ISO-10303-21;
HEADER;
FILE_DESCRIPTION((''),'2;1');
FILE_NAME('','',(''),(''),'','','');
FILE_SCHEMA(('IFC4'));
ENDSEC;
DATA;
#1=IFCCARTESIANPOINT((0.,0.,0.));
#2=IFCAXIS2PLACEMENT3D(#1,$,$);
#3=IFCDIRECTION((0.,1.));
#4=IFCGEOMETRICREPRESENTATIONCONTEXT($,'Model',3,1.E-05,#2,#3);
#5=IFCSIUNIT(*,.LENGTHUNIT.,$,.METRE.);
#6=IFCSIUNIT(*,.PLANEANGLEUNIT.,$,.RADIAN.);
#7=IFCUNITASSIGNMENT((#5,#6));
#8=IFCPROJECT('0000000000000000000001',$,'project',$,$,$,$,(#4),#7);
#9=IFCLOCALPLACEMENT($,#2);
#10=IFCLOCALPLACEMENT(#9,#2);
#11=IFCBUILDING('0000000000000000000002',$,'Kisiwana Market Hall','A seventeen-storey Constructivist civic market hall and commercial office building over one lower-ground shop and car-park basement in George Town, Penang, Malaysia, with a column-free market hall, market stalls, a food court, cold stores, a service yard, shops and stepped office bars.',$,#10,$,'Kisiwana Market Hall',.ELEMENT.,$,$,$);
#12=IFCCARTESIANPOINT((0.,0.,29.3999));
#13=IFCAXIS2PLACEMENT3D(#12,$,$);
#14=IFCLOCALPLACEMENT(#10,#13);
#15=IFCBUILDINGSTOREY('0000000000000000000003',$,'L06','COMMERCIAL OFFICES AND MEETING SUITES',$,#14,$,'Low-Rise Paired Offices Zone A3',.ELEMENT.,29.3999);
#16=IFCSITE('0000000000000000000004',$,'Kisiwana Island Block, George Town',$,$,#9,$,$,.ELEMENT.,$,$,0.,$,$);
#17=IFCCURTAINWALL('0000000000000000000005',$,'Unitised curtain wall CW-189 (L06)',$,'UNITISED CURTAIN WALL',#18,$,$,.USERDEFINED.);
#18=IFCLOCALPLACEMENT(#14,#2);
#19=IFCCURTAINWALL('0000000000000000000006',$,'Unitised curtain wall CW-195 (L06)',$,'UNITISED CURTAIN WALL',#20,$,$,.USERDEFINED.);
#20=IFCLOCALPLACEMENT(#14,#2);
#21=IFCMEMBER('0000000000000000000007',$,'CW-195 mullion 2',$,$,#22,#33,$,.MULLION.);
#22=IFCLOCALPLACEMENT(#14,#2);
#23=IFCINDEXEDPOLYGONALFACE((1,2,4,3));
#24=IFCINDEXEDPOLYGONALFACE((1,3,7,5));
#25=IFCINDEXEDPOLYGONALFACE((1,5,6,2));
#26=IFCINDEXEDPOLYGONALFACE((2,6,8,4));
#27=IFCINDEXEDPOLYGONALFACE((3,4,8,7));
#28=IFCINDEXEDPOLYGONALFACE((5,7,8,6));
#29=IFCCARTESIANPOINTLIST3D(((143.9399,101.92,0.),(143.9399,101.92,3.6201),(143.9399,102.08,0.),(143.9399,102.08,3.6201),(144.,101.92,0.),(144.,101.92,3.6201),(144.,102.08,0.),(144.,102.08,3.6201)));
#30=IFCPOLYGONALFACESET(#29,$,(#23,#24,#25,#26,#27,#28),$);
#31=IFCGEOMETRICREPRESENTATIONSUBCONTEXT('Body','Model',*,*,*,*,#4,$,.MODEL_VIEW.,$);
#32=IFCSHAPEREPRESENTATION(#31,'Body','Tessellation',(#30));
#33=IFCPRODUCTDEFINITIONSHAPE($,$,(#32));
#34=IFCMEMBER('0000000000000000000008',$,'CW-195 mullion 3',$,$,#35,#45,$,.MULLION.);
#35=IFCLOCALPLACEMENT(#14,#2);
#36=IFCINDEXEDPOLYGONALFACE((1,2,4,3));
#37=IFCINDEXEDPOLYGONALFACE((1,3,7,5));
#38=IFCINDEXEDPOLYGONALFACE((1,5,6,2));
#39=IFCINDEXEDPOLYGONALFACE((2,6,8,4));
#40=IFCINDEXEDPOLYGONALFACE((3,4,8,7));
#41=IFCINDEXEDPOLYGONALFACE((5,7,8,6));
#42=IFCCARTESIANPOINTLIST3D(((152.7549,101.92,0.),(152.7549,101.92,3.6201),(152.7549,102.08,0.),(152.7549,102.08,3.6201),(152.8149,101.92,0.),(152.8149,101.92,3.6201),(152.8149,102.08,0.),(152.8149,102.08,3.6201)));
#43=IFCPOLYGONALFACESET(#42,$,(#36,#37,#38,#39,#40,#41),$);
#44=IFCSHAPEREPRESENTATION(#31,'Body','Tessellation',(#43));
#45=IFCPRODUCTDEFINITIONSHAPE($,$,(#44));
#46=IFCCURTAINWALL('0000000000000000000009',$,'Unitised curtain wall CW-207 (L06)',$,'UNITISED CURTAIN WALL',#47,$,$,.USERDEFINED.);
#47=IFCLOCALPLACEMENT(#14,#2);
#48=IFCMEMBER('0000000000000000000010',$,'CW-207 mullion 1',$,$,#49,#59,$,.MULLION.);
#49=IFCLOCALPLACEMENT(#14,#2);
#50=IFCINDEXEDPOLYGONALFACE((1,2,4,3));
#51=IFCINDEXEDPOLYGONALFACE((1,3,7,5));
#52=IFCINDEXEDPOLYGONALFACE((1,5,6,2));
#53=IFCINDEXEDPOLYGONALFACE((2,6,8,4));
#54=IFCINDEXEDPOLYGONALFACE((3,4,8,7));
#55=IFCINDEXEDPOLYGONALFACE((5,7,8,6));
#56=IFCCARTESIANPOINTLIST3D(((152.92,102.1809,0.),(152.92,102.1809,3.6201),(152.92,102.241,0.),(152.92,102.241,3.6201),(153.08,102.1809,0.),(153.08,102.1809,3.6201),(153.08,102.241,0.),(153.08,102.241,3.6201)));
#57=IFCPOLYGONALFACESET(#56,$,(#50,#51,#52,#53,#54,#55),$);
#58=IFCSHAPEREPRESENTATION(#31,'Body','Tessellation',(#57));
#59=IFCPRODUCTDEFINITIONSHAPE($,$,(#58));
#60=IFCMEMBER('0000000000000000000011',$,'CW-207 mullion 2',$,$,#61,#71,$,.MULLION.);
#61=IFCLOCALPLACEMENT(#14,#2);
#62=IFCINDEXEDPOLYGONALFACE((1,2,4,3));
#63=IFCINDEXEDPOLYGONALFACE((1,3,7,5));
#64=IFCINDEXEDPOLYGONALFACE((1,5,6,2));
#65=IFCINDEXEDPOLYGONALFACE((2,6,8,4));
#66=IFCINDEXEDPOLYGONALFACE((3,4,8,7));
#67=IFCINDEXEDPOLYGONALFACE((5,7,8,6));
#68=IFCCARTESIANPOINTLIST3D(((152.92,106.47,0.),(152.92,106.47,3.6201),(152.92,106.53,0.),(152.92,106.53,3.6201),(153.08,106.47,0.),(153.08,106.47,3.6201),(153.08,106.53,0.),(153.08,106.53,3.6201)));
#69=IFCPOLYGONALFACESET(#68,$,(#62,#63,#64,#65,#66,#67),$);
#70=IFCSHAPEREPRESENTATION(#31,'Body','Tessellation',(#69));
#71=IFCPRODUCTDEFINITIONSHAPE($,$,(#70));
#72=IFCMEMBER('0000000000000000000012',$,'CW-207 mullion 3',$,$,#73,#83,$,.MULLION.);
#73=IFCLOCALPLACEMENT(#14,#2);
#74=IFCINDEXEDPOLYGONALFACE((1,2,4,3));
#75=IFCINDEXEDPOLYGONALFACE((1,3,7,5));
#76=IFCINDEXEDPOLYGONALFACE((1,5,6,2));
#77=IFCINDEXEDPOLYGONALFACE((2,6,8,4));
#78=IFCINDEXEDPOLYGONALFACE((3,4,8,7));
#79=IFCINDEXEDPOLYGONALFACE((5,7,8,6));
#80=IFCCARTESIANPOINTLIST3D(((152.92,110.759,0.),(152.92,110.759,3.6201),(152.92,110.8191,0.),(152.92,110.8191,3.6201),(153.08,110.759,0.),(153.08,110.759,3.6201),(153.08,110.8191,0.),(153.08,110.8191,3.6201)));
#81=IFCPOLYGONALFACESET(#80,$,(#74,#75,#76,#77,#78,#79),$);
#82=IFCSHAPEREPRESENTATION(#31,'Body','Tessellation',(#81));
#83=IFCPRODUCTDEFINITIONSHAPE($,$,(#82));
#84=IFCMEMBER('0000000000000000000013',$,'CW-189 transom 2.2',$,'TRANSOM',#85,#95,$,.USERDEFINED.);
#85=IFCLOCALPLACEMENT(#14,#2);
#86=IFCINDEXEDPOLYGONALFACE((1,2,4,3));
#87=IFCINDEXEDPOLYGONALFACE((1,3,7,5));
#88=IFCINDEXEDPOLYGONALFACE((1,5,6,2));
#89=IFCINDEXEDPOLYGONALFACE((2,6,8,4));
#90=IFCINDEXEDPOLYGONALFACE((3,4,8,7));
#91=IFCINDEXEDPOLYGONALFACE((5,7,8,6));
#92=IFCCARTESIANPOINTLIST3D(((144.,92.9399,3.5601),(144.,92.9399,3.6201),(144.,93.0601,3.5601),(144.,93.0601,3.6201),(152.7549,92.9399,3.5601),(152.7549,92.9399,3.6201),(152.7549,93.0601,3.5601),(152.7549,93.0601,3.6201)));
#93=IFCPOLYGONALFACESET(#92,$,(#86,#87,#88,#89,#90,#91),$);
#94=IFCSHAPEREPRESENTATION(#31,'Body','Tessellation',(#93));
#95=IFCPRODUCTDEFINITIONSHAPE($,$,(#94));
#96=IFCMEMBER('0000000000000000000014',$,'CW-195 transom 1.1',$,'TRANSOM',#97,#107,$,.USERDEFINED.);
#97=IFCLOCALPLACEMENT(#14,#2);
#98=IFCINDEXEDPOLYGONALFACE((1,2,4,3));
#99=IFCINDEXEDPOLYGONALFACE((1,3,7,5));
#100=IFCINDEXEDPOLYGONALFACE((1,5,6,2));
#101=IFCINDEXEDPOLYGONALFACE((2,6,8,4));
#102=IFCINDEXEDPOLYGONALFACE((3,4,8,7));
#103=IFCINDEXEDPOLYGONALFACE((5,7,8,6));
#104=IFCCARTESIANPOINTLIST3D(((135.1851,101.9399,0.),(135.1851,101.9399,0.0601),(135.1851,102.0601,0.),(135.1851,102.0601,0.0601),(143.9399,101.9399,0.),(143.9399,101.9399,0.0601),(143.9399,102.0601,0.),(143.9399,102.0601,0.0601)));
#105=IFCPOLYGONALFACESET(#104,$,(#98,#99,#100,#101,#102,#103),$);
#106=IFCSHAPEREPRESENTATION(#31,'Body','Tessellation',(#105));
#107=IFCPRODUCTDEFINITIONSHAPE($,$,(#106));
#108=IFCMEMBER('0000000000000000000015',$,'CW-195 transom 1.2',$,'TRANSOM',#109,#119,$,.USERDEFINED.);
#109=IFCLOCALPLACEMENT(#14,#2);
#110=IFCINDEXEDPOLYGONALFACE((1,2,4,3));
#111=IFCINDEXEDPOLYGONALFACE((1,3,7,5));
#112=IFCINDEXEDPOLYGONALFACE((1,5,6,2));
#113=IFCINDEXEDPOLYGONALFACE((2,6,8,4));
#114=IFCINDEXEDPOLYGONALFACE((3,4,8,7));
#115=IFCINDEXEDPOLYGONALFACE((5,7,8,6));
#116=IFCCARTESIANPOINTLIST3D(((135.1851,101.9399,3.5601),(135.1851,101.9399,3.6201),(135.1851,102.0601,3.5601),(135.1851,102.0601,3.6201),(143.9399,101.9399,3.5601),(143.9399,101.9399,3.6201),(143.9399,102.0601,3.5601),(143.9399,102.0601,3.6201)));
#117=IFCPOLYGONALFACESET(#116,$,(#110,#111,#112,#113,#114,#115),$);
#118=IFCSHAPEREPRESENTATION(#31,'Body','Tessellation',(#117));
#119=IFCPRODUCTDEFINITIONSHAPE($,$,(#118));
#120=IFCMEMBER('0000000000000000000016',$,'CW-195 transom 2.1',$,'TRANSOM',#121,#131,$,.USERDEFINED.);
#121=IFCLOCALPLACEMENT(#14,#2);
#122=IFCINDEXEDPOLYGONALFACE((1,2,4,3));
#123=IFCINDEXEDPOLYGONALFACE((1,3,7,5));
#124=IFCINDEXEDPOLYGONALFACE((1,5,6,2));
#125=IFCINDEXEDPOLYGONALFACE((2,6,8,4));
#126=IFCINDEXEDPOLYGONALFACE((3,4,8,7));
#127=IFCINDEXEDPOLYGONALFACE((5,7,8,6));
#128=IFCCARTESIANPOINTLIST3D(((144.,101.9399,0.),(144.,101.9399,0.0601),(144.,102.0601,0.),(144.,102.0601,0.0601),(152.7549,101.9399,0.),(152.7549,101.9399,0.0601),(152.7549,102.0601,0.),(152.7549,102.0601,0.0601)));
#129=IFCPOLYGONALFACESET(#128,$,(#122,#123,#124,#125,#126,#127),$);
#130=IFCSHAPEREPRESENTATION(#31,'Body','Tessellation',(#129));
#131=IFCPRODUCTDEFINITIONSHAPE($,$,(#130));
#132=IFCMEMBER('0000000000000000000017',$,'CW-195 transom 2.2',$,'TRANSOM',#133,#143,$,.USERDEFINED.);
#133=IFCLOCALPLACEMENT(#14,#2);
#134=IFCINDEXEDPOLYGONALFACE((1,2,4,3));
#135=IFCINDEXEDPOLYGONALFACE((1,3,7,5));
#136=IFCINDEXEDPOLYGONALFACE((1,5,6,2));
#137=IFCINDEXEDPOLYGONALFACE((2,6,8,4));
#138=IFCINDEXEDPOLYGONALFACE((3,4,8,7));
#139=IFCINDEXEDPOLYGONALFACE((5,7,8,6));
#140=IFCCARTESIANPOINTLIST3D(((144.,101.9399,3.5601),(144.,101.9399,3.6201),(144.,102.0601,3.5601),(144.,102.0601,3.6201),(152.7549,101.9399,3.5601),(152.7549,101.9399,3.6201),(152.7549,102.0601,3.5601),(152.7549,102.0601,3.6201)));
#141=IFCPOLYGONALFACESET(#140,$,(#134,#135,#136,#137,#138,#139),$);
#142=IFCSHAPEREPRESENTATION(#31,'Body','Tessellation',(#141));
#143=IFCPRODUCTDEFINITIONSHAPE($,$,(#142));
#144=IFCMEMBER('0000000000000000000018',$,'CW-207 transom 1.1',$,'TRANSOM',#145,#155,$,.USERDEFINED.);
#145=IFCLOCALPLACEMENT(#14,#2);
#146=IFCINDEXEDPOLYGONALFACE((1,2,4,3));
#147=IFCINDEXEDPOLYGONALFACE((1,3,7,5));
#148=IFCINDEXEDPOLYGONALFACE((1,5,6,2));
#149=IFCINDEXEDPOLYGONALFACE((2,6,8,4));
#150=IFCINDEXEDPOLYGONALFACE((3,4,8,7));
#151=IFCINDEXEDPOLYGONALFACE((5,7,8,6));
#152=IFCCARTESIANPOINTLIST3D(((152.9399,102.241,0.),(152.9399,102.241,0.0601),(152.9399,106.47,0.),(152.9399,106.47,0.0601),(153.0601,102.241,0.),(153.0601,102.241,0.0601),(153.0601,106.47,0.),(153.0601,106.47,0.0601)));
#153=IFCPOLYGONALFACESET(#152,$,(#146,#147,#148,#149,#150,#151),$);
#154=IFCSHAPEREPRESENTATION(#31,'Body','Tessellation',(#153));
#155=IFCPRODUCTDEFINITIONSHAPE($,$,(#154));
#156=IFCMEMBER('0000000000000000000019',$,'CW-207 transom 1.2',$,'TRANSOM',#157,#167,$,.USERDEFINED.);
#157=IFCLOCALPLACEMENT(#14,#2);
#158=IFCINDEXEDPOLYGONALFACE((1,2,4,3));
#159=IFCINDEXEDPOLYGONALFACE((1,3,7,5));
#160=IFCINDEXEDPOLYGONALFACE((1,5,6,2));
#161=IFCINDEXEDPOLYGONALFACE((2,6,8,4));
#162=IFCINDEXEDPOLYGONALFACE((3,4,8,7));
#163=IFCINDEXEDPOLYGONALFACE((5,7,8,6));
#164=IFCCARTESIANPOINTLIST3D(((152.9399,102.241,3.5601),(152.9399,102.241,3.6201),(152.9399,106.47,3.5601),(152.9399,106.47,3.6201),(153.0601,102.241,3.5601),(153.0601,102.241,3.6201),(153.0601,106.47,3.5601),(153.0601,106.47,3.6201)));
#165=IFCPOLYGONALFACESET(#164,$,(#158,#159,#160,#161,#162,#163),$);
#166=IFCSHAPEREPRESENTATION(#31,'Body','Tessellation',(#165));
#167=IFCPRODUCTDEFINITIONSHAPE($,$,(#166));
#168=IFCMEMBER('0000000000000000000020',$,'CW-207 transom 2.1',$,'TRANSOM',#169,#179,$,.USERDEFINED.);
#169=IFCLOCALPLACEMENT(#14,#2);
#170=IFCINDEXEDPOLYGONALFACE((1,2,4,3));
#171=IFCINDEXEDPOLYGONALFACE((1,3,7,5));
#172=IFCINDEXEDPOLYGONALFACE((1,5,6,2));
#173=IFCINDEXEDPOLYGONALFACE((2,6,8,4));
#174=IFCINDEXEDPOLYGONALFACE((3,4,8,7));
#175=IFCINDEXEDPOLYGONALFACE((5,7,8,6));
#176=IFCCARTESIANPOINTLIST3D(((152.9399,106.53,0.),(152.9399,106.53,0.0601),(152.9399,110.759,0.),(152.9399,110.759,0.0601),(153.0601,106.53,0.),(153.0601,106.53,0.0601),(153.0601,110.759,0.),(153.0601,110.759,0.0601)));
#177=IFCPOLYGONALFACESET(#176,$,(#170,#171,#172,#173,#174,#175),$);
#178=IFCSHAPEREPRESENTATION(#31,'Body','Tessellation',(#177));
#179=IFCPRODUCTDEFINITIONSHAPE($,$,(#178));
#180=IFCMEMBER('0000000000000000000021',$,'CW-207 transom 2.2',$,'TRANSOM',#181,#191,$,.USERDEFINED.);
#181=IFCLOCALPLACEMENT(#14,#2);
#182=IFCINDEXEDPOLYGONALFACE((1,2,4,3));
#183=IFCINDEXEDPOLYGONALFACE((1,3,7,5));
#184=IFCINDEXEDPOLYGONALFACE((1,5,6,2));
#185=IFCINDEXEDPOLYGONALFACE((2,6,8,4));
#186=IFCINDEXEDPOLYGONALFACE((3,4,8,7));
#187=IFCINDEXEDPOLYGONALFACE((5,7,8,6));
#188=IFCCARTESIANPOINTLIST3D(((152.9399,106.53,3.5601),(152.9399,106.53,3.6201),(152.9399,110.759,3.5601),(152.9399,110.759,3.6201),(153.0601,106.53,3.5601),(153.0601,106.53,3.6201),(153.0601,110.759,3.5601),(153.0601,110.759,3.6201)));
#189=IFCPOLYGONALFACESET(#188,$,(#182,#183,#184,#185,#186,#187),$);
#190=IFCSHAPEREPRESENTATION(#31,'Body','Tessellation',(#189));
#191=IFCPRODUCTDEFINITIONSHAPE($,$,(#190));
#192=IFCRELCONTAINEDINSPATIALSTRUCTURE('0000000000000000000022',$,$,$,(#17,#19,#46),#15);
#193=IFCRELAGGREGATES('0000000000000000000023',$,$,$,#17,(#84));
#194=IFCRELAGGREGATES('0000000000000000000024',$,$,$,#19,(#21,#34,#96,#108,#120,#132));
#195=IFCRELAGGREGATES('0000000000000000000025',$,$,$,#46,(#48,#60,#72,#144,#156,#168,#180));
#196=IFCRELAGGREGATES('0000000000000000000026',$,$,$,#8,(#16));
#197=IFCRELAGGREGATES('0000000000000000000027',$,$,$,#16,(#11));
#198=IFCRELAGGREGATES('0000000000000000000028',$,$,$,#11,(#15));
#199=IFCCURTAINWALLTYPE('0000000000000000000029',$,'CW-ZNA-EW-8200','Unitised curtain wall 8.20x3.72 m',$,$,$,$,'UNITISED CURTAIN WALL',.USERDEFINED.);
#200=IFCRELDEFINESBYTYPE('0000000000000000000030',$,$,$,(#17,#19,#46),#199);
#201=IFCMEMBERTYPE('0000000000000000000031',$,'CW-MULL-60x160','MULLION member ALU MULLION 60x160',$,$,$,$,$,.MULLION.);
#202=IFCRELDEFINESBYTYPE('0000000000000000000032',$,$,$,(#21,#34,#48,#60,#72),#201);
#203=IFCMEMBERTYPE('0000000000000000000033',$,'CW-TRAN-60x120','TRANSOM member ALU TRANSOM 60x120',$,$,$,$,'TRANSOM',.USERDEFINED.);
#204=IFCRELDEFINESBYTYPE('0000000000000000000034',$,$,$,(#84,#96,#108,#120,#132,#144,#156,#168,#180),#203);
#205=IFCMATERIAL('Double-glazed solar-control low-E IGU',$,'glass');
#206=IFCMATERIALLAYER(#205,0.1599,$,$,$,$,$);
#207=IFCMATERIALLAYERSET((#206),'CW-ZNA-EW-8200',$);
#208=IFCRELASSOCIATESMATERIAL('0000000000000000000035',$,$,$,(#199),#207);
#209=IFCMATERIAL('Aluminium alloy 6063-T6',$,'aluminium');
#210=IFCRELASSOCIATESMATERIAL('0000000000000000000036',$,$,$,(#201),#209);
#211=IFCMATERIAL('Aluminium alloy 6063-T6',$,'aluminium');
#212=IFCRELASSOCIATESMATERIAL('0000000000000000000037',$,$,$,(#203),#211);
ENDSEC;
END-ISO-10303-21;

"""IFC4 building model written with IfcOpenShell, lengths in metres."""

from ifc_helpers import new_model, si_unit, direction, frame, origin, origin_2d, place, context, subcontext, project, spatial, rectangle, extrude, material, layer, layer_set, material_profile, profile_set, type_object, element, aggregate, save


model = new_model("IFC4")

# Units and contexts
model_context = context("Model", 3, precision=1e-05, world=origin(), true_north=direction((0.0, 1.0)))
body_context = subcontext(model_context, "Body", "Model", "MODEL_VIEW")
ifc_project = project(units=[si_unit("LENGTHUNIT", "METRE"), si_unit("PLANEANGLEUNIT", "RADIAN")], contexts=[model_context])

# Site, building, storey
site_placement = place(None, origin())
site = spatial("IfcSite", under=ifc_project, at=site_placement, Name="Kisiwana Island Block, George Town", CompositionType="ELEMENT", RefElevation=0.0)
building_placement = place(site_placement, origin())
building = spatial("IfcBuilding", under=site, at=building_placement, Name="Kisiwana Market Hall", Description="A seventeen-storey Constructivist civic market hall and commercial office building over one lower-ground shop and car-park basement in George Town, Penang, Malaysia, with a column-free market hall, market stalls, a food court, cold stores, a service yard, shops and stepped office bars.", LongName="Kisiwana Market Hall", CompositionType="ELEMENT")
storey_placement = place(building_placement, frame((0.0, 0.0, 29.3999)))
storey = spatial("IfcBuildingStorey", under=building, at=storey_placement, Name="L06", Description="COMMERCIAL OFFICES AND MEETING SUITES", LongName="Low-Rise Paired Offices Zone A3", CompositionType="ELEMENT", Elevation=29.3999)

# Curtain wall
ifc_material_1 = material(Name="Double-glazed solar-control low-E IGU", Category="glass")
ifc_layer_1 = layer(ifc_material_1, 0.1599)
ifc_layer_set_1 = layer_set([ifc_layer_1], Name="CW-ZNA-EW-8200")
curtain_wall_type = type_object("IfcCurtainWallType", Name="CW-ZNA-EW-8200", Description="Unitised curtain wall 8.20x3.72 m", ElementType="UNITISED CURTAIN WALL", PredefinedType="USERDEFINED", material=ifc_layer_set_1)
curtain_wall_1_placement = place(storey_placement, origin())
curtain_wall_1 = element("IfcCurtainWall", 1, at=curtain_wall_1_placement, inside=storey, type_object=curtain_wall_type, Name="Unitised curtain wall CW-189 (L06)", ObjectType="UNITISED CURTAIN WALL", PredefinedType="USERDEFINED")
ifc_material_2 = material(Name="Aluminium alloy 6063-T6", Category="aluminium")
ifc_material_profile_1 = material_profile(ifc_material_2, rectangle(XDim=0.0601, YDim=0.1599, at=origin_2d()), Name="ALU MULLION 60x160")
ifc_profile_set_1 = profile_set([ifc_material_profile_1], Name="Aluminium alloy 6063-T6")
member_type_1 = type_object("IfcMemberType", Name="CW-MULL-60x160", Description="MULLION member ALU MULLION 60x160", PredefinedType="MULLION", material=ifc_profile_set_1)

# Curtain walls, members
curtain_wall_2_placement = place(storey_placement, origin())
curtain_wall_2 = element("IfcCurtainWall", 2, at=curtain_wall_2_placement, inside=storey, type_object=curtain_wall_type, Name="Unitised curtain wall CW-195 (L06)", ObjectType="UNITISED CURTAIN WALL", PredefinedType="USERDEFINED")
member_1_placement = place(storey_placement, frame((143.97, 102.0, 0.0), z_axis=(0.0, 0.0, 1.0), x_axis=(1.0, 0.0, 0.0)))
member_1 = element("IfcMember", 3, at=member_1_placement, type_object=member_type_1, Name="CW-195 mullion 2", PredefinedType="MULLION", context=body_context, shape_type="SweptSolid", body=[
    extrude(rectangle(XDim=0.0601, YDim=0.1599, at=origin_2d()), origin(), (0.0, 0.0, 1.0), 3.6201),
])
member_2_placement = place(storey_placement, frame((152.7849, 102.0, 0.0), z_axis=(0.0, 0.0, 1.0), x_axis=(1.0, 0.0, 0.0)))
member_2 = element("IfcMember", 4, at=member_2_placement, type_object=member_type_1, Name="CW-195 mullion 3", PredefinedType="MULLION", context=body_context, shape_type="SweptSolid", body=[
    extrude(rectangle(XDim=0.0601, YDim=0.1599, at=origin_2d()), origin(), (0.0, 0.0, 1.0), 3.6201),
])
curtain_wall_3_placement = place(storey_placement, origin())
curtain_wall_3 = element("IfcCurtainWall", 5, at=curtain_wall_3_placement, inside=storey, type_object=curtain_wall_type, Name="Unitised curtain wall CW-207 (L06)", ObjectType="UNITISED CURTAIN WALL", PredefinedType="USERDEFINED")
member_3_placement = place(storey_placement, frame((153.0, 102.2109, 0.0), z_axis=(0.0, 0.0, 1.0), x_axis=(0.0, 1.0, 0.0)))
member_3 = element("IfcMember", 6, at=member_3_placement, type_object=member_type_1, Name="CW-207 mullion 1", PredefinedType="MULLION", context=body_context, shape_type="SweptSolid", body=[
    extrude(rectangle(XDim=0.0601, YDim=0.1599, at=origin_2d()), origin(), (0.0, 0.0, 1.0), 3.6201),
])
member_4_placement = place(storey_placement, frame((153.0, 106.5, 0.0), z_axis=(0.0, 0.0, 1.0), x_axis=(0.0, 1.0, 0.0)))
member_4 = element("IfcMember", 7, at=member_4_placement, type_object=member_type_1, Name="CW-207 mullion 2", PredefinedType="MULLION", context=body_context, shape_type="SweptSolid", body=[
    extrude(rectangle(XDim=0.0601, YDim=0.1599, at=origin_2d()), origin(), (0.0, 0.0, 1.0), 3.6201),
])
member_5_placement = place(storey_placement, frame((153.0, 110.7891, 0.0), z_axis=(0.0, 0.0, 1.0), x_axis=(0.0, 1.0, 0.0)))
member_5 = element("IfcMember", 8, at=member_5_placement, type_object=member_type_1, Name="CW-207 mullion 3", PredefinedType="MULLION", context=body_context, shape_type="SweptSolid", body=[
    extrude(rectangle(XDim=0.0601, YDim=0.1599, at=origin_2d()), origin(), (0.0, 0.0, 1.0), 3.6201),
])

# Members
ifc_material_3 = material(Name="Aluminium alloy 6063-T6", Category="aluminium")
ifc_material_profile_2 = material_profile(ifc_material_3, rectangle(XDim=0.1201, YDim=0.0601, at=origin_2d()), Name="ALU TRANSOM 60x120")
ifc_profile_set_2 = profile_set([ifc_material_profile_2], Name="Aluminium alloy 6063-T6")
member_type_2 = type_object("IfcMemberType", Name="CW-TRAN-60x120", Description="TRANSOM member ALU TRANSOM 60x120", ElementType="TRANSOM", PredefinedType="USERDEFINED", material=ifc_profile_set_2)
member_6_placement = place(storey_placement, frame((144.0, 93.0, 3.5901), z_axis=(1.0, 0.0, 0.0), x_axis=(0.0, 1.0, 0.0)))
member_6 = element("IfcMember", 9, at=member_6_placement, type_object=member_type_2, Name="CW-189 transom 2.2", ObjectType="TRANSOM", PredefinedType="USERDEFINED", context=body_context, shape_type="SweptSolid", body=[
    extrude(rectangle(XDim=0.1201, YDim=0.0601, at=origin_2d()), origin(), (0.0, 0.0, 1.0), 8.7549),
])
member_7_placement = place(storey_placement, frame((135.1851, 102.0, 0.03), z_axis=(1.0, 0.0, 0.0), x_axis=(0.0, 1.0, 0.0)))
member_7 = element("IfcMember", 10, at=member_7_placement, type_object=member_type_2, Name="CW-195 transom 1.1", ObjectType="TRANSOM", PredefinedType="USERDEFINED", context=body_context, shape_type="SweptSolid", body=[
    extrude(rectangle(XDim=0.1201, YDim=0.0601, at=origin_2d()), origin(), (0.0, 0.0, 1.0), 8.7549),
])
member_8_placement = place(storey_placement, frame((135.1851, 102.0, 3.5901), z_axis=(1.0, 0.0, 0.0), x_axis=(0.0, 1.0, 0.0)))
member_8 = element("IfcMember", 11, at=member_8_placement, type_object=member_type_2, Name="CW-195 transom 1.2", ObjectType="TRANSOM", PredefinedType="USERDEFINED", context=body_context, shape_type="SweptSolid", body=[
    extrude(rectangle(XDim=0.1201, YDim=0.0601, at=origin_2d()), origin(), (0.0, 0.0, 1.0), 8.7549),
])
member_9_placement = place(storey_placement, frame((144.0, 102.0, 0.03), z_axis=(1.0, 0.0, 0.0), x_axis=(0.0, 1.0, 0.0)))
member_9 = element("IfcMember", 12, at=member_9_placement, type_object=member_type_2, Name="CW-195 transom 2.1", ObjectType="TRANSOM", PredefinedType="USERDEFINED", context=body_context, shape_type="SweptSolid", body=[
    extrude(rectangle(XDim=0.1201, YDim=0.0601, at=origin_2d()), origin(), (0.0, 0.0, 1.0), 8.7549),
])
member_10_placement = place(storey_placement, frame((144.0, 102.0, 3.5901), z_axis=(1.0, 0.0, 0.0), x_axis=(0.0, 1.0, 0.0)))
member_10 = element("IfcMember", 13, at=member_10_placement, type_object=member_type_2, Name="CW-195 transom 2.2", ObjectType="TRANSOM", PredefinedType="USERDEFINED", context=body_context, shape_type="SweptSolid", body=[
    extrude(rectangle(XDim=0.1201, YDim=0.0601, at=origin_2d()), origin(), (0.0, 0.0, 1.0), 8.7549),
])
member_11_placement = place(storey_placement, frame((153.0, 102.241, 0.03), z_axis=(0.0, 1.0, 0.0), x_axis=(-1.0, 0.0, 0.0)))
member_11 = element("IfcMember", 14, at=member_11_placement, type_object=member_type_2, Name="CW-207 transom 1.1", ObjectType="TRANSOM", PredefinedType="USERDEFINED", context=body_context, shape_type="SweptSolid", body=[
    extrude(rectangle(XDim=0.1201, YDim=0.0601, at=origin_2d()), origin(), (0.0, 0.0, 1.0), 4.229),
])
member_12_placement = place(storey_placement, frame((153.0, 102.241, 3.5901), z_axis=(0.0, 1.0, 0.0), x_axis=(-1.0, 0.0, 0.0)))
member_12 = element("IfcMember", 15, at=member_12_placement, type_object=member_type_2, Name="CW-207 transom 1.2", ObjectType="TRANSOM", PredefinedType="USERDEFINED", context=body_context, shape_type="SweptSolid", body=[
    extrude(rectangle(XDim=0.1201, YDim=0.0601, at=origin_2d()), origin(), (0.0, 0.0, 1.0), 4.229),
])
member_13_placement = place(storey_placement, frame((153.0, 106.53, 0.03), z_axis=(0.0, 1.0, 0.0), x_axis=(-1.0, 0.0, 0.0)))
member_13 = element("IfcMember", 16, at=member_13_placement, type_object=member_type_2, Name="CW-207 transom 2.1", ObjectType="TRANSOM", PredefinedType="USERDEFINED", context=body_context, shape_type="SweptSolid", body=[
    extrude(rectangle(XDim=0.1201, YDim=0.0601, at=origin_2d()), origin(), (0.0, 0.0, 1.0), 4.229),
])
member_14_placement = place(storey_placement, frame((153.0, 106.53, 3.5901), z_axis=(0.0, 1.0, 0.0), x_axis=(-1.0, 0.0, 0.0)))
member_14 = element("IfcMember", 17, at=member_14_placement, type_object=member_type_2, Name="CW-207 transom 2.2", ObjectType="TRANSOM", PredefinedType="USERDEFINED", context=body_context, shape_type="SweptSolid", body=[
    extrude(rectangle(XDim=0.1201, YDim=0.0601, at=origin_2d()), origin(), (0.0, 0.0, 1.0), 4.229),
])

aggregate(curtain_wall_1, [member_6])
aggregate(curtain_wall_2, [member_1, member_2, member_7, member_8, member_9, member_10])
aggregate(curtain_wall_3, [member_3, member_4, member_5, member_11, member_12, member_13, member_14])

save(model, "model.ifc")
